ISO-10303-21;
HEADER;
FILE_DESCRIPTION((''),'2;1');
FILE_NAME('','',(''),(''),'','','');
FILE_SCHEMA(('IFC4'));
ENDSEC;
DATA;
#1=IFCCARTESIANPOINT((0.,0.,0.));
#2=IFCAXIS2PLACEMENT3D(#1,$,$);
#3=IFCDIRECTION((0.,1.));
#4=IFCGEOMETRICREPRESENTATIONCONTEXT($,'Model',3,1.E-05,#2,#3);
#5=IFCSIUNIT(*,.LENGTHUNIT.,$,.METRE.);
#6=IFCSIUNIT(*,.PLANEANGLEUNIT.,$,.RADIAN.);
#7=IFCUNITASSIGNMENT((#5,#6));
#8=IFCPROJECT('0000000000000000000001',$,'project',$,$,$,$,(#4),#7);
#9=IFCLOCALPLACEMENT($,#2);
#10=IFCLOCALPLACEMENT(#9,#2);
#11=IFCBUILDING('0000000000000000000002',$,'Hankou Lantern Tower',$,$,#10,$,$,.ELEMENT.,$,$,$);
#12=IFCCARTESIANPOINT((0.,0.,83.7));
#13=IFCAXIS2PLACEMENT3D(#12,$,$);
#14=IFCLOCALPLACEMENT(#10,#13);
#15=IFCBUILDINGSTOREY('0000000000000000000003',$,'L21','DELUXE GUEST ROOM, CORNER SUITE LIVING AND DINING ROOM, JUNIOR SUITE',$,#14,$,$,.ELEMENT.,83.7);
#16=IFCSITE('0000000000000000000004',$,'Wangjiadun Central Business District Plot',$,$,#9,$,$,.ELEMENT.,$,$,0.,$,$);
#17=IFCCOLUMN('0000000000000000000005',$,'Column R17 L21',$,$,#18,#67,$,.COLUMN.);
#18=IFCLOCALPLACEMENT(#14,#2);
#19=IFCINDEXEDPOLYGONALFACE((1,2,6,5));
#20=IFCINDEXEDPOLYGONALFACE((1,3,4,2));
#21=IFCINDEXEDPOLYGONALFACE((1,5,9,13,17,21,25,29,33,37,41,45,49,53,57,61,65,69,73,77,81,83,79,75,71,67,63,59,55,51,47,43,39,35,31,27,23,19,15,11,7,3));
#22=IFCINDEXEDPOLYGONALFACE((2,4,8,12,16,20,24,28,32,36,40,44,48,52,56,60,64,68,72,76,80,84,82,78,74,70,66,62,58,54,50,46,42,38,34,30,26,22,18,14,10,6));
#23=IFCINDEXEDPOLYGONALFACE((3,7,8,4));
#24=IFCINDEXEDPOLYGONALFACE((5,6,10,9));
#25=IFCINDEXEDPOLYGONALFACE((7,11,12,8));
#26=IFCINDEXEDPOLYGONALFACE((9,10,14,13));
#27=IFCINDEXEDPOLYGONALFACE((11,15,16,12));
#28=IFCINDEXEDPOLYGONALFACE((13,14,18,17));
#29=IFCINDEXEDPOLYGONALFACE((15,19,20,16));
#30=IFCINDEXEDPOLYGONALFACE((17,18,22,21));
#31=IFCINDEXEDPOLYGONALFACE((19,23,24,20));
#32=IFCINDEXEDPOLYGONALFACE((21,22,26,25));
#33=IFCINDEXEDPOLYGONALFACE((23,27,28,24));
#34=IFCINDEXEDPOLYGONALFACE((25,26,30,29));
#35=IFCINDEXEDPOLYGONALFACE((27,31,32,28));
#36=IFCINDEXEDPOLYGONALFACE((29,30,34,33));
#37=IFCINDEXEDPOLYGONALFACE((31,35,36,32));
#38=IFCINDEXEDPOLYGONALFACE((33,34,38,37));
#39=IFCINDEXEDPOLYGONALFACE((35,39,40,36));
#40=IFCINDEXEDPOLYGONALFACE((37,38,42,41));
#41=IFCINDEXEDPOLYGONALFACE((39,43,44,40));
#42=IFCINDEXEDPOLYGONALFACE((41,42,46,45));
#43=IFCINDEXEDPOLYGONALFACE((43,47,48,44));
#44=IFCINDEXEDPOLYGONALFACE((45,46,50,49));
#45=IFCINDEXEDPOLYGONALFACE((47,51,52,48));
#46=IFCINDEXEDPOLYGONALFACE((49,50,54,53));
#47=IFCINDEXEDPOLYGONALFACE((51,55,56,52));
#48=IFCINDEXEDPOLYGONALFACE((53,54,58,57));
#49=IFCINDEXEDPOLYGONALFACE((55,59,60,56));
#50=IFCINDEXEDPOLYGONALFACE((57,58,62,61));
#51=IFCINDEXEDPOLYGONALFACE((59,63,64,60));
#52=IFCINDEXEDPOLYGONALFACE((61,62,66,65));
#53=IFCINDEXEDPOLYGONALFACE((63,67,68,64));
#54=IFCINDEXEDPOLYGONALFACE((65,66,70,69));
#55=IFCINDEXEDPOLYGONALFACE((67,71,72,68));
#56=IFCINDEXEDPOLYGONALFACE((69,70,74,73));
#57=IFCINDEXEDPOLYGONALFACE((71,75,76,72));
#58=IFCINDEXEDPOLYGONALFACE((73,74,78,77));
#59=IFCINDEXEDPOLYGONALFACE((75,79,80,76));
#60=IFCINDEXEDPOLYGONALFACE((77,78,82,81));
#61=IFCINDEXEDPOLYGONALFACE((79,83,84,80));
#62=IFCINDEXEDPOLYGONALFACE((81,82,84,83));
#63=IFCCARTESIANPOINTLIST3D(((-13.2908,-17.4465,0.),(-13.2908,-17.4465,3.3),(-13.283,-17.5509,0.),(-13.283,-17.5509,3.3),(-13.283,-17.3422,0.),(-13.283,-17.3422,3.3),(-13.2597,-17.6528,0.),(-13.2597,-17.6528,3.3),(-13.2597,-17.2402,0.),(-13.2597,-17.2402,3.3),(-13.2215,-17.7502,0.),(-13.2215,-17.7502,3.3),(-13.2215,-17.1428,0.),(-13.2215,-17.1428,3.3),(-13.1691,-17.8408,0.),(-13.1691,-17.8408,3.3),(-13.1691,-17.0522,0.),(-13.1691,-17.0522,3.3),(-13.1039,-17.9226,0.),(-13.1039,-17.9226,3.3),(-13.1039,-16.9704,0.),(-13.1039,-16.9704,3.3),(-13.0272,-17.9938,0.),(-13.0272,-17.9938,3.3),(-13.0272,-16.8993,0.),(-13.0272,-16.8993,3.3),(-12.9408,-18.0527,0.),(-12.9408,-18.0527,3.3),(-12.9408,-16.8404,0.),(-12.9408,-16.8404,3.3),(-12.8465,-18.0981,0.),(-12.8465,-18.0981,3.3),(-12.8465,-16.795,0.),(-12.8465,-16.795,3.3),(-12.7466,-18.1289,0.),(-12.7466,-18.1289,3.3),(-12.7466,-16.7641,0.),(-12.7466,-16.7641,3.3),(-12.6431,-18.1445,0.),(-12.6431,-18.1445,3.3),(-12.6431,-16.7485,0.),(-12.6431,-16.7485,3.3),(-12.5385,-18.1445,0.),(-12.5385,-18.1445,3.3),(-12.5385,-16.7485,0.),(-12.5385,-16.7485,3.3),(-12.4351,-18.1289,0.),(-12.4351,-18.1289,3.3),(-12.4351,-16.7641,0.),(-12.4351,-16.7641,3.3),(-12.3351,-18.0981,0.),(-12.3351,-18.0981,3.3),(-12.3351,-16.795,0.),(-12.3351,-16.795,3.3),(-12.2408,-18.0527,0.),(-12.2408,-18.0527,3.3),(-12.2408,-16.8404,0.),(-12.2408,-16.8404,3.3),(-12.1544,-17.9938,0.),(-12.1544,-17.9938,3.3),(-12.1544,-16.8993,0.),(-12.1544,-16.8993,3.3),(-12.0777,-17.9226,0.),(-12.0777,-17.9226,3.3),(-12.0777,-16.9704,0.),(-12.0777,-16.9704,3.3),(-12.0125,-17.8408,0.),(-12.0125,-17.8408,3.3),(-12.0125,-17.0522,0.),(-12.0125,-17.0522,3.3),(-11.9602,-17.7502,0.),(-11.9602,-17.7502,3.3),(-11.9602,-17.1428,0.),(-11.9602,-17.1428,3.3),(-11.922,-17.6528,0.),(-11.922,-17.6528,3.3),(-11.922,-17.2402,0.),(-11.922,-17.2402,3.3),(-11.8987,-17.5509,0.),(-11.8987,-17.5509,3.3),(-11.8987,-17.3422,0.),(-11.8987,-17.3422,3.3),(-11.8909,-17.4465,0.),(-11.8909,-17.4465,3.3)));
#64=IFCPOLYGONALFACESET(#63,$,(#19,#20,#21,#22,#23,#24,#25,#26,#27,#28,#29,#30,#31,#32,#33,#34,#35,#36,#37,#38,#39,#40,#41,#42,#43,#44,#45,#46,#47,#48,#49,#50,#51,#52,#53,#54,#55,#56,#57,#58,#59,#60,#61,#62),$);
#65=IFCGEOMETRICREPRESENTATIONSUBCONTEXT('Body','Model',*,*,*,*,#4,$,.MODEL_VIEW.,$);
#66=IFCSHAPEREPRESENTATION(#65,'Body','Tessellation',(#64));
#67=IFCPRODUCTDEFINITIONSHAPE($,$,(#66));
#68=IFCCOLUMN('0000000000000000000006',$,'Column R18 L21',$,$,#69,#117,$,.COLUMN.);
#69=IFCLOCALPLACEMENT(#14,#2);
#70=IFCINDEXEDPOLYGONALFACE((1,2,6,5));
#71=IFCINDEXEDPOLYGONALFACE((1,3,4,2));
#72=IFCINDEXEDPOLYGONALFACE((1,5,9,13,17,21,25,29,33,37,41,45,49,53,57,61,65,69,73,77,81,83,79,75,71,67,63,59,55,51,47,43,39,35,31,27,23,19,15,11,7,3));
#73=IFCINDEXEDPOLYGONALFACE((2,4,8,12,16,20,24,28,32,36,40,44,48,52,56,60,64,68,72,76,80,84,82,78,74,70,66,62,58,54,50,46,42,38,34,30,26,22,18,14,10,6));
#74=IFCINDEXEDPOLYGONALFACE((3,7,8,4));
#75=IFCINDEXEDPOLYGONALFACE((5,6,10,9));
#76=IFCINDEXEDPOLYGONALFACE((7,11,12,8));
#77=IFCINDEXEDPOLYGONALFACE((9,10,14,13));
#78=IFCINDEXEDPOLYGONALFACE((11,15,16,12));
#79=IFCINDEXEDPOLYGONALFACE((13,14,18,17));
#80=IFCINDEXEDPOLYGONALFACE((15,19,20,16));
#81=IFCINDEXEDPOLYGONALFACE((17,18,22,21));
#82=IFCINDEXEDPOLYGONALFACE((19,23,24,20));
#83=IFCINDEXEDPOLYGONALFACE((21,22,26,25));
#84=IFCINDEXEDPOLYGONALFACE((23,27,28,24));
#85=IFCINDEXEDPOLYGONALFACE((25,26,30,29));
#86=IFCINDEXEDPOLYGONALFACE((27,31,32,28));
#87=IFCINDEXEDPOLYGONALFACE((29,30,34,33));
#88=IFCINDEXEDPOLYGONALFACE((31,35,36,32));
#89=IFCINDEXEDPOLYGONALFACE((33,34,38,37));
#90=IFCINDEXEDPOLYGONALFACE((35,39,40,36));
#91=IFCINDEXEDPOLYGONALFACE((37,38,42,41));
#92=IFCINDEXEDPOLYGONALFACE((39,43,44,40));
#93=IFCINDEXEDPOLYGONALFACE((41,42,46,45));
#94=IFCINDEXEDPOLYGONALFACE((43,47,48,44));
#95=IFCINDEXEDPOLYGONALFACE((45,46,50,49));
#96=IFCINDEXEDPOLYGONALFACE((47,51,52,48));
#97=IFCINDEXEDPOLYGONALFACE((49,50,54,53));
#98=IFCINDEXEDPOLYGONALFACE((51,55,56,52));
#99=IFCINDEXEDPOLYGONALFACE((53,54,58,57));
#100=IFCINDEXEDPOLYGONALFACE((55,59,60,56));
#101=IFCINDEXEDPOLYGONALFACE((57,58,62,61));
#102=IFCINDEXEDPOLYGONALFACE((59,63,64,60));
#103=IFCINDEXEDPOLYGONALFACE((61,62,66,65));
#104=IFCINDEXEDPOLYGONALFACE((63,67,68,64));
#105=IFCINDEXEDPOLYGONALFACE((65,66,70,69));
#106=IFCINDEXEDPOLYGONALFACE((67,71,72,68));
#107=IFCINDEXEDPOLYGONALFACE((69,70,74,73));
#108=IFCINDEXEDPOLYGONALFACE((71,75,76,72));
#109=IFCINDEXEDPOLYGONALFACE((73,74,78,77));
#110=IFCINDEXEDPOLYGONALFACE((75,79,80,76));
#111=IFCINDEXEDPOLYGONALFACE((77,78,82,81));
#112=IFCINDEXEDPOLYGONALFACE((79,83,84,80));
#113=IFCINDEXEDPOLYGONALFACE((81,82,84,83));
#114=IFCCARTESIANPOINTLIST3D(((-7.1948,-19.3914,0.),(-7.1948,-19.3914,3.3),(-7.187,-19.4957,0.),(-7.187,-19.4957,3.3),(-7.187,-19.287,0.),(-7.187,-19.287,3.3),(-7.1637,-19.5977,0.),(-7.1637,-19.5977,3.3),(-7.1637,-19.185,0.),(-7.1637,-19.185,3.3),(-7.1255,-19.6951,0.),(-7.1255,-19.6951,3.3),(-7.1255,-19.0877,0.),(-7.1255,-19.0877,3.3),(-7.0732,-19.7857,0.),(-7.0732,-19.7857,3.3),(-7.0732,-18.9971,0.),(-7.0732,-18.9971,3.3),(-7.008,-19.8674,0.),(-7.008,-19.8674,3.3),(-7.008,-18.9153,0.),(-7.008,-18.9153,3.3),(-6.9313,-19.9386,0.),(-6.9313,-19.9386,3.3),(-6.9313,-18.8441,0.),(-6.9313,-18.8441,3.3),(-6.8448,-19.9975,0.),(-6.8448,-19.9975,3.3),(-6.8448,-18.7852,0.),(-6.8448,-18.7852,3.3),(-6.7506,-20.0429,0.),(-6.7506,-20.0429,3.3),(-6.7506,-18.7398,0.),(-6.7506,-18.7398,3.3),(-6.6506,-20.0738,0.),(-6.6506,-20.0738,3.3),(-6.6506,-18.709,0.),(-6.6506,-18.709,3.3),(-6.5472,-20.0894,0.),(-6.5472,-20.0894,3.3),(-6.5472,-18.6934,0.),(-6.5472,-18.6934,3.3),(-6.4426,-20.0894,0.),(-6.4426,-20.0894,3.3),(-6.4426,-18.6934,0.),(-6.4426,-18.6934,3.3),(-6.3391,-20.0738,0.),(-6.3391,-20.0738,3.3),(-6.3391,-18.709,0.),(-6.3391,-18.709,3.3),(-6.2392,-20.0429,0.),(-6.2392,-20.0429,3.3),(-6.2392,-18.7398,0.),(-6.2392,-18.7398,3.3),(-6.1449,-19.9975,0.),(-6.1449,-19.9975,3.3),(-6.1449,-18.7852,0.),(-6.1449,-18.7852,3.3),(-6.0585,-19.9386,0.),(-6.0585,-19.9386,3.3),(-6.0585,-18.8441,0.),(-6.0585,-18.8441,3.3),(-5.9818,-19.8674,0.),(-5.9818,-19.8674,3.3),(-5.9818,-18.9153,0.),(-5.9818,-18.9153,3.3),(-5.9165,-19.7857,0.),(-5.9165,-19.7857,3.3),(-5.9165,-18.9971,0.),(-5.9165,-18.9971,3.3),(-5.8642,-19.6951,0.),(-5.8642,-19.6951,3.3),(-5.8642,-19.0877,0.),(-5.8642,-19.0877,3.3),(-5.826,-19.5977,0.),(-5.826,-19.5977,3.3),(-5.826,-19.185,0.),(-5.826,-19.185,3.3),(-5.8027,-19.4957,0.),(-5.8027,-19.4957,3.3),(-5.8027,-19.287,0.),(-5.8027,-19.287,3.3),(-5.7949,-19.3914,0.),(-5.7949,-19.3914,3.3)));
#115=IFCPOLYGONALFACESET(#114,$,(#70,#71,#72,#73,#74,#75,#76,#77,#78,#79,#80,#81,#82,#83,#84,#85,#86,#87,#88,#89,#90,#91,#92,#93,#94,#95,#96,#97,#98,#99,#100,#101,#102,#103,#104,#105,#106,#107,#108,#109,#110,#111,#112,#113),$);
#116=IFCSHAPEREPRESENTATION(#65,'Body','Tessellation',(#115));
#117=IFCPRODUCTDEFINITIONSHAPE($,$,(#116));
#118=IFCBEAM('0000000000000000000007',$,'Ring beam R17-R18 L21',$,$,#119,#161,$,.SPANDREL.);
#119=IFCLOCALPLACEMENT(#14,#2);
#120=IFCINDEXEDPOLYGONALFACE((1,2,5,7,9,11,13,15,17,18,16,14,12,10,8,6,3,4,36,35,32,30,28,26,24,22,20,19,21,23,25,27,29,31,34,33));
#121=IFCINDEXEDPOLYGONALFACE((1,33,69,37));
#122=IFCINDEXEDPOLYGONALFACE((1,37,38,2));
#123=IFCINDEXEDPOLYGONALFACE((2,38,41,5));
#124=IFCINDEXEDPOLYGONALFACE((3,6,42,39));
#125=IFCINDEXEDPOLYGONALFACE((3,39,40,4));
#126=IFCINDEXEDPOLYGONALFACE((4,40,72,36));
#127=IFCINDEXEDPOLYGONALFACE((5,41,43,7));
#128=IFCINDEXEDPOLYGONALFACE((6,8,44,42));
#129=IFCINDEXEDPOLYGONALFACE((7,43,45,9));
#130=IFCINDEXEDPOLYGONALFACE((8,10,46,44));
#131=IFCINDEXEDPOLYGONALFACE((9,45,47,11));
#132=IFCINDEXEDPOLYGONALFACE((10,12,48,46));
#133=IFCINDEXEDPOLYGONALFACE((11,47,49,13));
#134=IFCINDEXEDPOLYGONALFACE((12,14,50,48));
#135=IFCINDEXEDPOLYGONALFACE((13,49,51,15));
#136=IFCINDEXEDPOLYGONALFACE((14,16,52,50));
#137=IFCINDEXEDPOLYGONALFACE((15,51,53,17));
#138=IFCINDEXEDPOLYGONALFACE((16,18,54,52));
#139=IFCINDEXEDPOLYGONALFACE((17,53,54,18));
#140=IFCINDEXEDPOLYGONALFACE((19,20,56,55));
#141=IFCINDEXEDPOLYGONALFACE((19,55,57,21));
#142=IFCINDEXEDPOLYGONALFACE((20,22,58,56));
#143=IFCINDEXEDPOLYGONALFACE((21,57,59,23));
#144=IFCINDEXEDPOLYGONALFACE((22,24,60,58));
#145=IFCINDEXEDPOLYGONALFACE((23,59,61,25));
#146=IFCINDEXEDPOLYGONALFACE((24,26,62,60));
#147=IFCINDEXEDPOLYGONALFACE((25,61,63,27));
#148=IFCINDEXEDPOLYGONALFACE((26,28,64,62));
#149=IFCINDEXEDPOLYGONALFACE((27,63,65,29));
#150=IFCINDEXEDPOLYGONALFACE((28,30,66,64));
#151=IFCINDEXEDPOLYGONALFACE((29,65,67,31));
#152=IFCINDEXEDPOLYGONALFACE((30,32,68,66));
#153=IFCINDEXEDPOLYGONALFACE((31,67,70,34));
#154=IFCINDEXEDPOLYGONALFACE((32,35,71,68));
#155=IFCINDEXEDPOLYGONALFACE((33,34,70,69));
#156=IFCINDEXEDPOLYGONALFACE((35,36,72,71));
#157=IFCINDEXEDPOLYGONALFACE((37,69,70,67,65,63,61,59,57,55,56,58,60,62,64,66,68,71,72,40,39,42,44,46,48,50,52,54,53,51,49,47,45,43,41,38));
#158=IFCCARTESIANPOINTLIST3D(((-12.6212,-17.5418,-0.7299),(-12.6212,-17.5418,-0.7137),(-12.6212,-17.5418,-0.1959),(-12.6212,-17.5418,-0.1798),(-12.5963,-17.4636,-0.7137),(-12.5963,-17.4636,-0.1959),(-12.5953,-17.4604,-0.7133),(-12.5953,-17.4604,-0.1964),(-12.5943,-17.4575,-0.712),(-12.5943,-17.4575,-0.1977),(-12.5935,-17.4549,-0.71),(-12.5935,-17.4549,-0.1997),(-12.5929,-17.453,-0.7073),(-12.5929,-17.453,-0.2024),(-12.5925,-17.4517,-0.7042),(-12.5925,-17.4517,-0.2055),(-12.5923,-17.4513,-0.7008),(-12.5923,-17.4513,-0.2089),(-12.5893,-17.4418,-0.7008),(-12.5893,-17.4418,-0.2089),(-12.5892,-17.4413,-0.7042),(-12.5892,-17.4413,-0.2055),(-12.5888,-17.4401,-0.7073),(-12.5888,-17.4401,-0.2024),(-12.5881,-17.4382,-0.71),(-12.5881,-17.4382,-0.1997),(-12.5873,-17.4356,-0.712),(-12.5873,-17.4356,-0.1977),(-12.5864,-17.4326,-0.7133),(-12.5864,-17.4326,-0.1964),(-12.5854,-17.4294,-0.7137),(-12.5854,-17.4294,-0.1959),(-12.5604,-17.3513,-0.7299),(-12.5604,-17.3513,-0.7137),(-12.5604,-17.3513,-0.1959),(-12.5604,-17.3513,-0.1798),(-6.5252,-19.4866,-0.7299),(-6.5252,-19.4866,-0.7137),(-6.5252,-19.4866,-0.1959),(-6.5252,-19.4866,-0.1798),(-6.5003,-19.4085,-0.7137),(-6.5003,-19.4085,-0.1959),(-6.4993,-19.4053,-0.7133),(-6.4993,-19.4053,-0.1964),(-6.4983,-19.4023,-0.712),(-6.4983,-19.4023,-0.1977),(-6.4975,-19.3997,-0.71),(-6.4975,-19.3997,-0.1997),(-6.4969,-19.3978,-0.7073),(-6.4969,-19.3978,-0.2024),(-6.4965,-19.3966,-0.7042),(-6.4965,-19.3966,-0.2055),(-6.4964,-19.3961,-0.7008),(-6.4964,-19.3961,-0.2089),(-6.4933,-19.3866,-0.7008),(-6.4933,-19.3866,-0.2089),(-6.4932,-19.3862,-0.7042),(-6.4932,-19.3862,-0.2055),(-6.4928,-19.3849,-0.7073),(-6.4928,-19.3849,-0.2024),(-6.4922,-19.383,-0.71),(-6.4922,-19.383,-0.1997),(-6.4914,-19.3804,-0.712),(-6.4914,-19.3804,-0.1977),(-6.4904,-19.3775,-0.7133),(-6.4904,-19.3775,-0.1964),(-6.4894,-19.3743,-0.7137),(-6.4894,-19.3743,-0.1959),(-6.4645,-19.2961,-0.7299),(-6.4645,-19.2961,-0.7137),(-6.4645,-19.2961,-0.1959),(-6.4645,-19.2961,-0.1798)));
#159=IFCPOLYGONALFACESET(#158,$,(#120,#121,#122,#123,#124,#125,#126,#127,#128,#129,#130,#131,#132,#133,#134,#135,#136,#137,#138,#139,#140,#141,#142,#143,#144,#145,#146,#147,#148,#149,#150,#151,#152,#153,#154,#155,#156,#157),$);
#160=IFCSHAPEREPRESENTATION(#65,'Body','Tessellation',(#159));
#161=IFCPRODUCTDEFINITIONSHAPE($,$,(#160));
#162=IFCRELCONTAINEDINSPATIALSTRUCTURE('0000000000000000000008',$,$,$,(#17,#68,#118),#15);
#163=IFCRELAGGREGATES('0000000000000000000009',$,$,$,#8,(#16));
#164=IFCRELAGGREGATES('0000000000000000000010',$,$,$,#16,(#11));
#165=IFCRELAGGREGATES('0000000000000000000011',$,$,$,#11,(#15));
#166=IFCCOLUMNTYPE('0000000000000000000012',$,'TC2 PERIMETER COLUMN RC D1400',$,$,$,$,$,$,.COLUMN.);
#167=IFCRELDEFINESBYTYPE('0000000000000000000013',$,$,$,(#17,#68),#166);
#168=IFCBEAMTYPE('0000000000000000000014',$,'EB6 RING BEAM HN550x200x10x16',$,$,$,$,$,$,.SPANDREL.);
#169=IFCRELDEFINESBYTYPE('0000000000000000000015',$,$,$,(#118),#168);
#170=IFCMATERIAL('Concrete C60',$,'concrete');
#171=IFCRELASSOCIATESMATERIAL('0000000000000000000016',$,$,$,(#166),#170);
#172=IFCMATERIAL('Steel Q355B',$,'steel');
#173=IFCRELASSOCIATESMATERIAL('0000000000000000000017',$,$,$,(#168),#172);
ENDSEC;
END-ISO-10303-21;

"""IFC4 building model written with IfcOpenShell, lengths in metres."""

from ifc_helpers import new_model, si_unit, direction, frame, origin, origin_2d, place, context, subcontext, project, spatial, circle, i_section, extrude, material, material_profile, profile_set, type_object, element, save


model = new_model("IFC4")

# Units and contexts
model_context = context("Model", 3, precision=1e-05, world=origin(), true_north=direction((0.0, 1.0)))
body_context = subcontext(model_context, "Body", "Model", "MODEL_VIEW")
ifc_project = project(units=[si_unit("LENGTHUNIT", "METRE"), si_unit("PLANEANGLEUNIT", "RADIAN")], contexts=[model_context])

# Site, building, storey
site_placement = place(None, origin())
site = spatial("IfcSite", under=ifc_project, at=site_placement, Name="Wangjiadun Central Business District Plot", CompositionType="ELEMENT", RefElevation=0.0)
building_placement = place(site_placement, origin())
building = spatial("IfcBuilding", under=site, at=building_placement, Name="Hankou Lantern Tower", CompositionType="ELEMENT")
storey_placement = place(building_placement, frame((0.0, 0.0, 83.7)))
storey = spatial("IfcBuildingStorey", under=building, at=storey_placement, Name="L21", Description="DELUXE GUEST ROOM, CORNER SUITE LIVING AND DINING ROOM, JUNIOR SUITE", CompositionType="ELEMENT", Elevation=83.7)

# Columns
ifc_material_1 = material(Name="Concrete C60", Category="concrete")
ifc_material_profile_1 = material_profile(ifc_material_1, circle(Radius=0.7, at=origin_2d()), Name="RC D1400")
ifc_profile_set_1 = profile_set([ifc_material_profile_1], Name="Concrete C60")
column_type = type_object("IfcColumnType", Name="TC2 PERIMETER COLUMN RC D1400", PredefinedType="COLUMN", material=ifc_profile_set_1)
for number, where, z_axis, x_axis, name in (
    (1, (-12.5908, -17.4465, 0.0), (0.0, 0.0, 1.0), (1.0, 0.0, 0.0), "Column R17 L21"),
    (2, (-6.4949, -19.3914, 0.0), (0.0, 0.0, 1.0), (1.0, 0.0, 0.0), "Column R18 L21"),
):
    element("IfcColumn", number, at=place(storey_placement, frame(where, z_axis=z_axis, x_axis=x_axis)), inside=storey, type_object=column_type, Name=name, PredefinedType="COLUMN", context=body_context, shape_type="SweptSolid", body=[
        extrude(circle(Radius=0.7, at=origin_2d()), origin(), (0.0, 0.0, 1.0), 3.3),
    ])

# Beam
ifc_material_2 = material(Name="Steel Q355B", Category="steel")
ifc_material_profile_2 = material_profile(ifc_material_2, i_section(OverallWidth=0.2, OverallDepth=0.55, WebThickness=0.01, FlangeThickness=0.0161, FilletRadius=0.0129, at=origin_2d()), Name="HN550x200x10x16")
ifc_profile_set_2 = profile_set([ifc_material_profile_2], Name="Steel Q355B")
beam_type_1 = type_object("IfcBeamType", Name="EB6 RING BEAM HN550x200x10x16", PredefinedType="SPANDREL", material=ifc_profile_set_2)
beam_1_placement = place(storey_placement, frame((-12.5908, -17.4465, -0.4548), z_axis=(0.95269, -0.303942, 0.0), x_axis=(0.303942, 0.95269, 0.0)))
element("IfcBeam", 3, at=beam_1_placement, inside=storey, type_object=beam_type_1, Name="Ring beam R17-R18 L21", PredefinedType="SPANDREL", context=body_context, shape_type="SweptSolid", body=[
    extrude(i_section(OverallWidth=0.2, OverallDepth=0.55, WebThickness=0.01, FlangeThickness=0.0161, FilletRadius=0.0129, at=origin_2d()), origin(), (0.0, 0.0, 1.0), 6.3987),
])

save(model, "model.ifc")
